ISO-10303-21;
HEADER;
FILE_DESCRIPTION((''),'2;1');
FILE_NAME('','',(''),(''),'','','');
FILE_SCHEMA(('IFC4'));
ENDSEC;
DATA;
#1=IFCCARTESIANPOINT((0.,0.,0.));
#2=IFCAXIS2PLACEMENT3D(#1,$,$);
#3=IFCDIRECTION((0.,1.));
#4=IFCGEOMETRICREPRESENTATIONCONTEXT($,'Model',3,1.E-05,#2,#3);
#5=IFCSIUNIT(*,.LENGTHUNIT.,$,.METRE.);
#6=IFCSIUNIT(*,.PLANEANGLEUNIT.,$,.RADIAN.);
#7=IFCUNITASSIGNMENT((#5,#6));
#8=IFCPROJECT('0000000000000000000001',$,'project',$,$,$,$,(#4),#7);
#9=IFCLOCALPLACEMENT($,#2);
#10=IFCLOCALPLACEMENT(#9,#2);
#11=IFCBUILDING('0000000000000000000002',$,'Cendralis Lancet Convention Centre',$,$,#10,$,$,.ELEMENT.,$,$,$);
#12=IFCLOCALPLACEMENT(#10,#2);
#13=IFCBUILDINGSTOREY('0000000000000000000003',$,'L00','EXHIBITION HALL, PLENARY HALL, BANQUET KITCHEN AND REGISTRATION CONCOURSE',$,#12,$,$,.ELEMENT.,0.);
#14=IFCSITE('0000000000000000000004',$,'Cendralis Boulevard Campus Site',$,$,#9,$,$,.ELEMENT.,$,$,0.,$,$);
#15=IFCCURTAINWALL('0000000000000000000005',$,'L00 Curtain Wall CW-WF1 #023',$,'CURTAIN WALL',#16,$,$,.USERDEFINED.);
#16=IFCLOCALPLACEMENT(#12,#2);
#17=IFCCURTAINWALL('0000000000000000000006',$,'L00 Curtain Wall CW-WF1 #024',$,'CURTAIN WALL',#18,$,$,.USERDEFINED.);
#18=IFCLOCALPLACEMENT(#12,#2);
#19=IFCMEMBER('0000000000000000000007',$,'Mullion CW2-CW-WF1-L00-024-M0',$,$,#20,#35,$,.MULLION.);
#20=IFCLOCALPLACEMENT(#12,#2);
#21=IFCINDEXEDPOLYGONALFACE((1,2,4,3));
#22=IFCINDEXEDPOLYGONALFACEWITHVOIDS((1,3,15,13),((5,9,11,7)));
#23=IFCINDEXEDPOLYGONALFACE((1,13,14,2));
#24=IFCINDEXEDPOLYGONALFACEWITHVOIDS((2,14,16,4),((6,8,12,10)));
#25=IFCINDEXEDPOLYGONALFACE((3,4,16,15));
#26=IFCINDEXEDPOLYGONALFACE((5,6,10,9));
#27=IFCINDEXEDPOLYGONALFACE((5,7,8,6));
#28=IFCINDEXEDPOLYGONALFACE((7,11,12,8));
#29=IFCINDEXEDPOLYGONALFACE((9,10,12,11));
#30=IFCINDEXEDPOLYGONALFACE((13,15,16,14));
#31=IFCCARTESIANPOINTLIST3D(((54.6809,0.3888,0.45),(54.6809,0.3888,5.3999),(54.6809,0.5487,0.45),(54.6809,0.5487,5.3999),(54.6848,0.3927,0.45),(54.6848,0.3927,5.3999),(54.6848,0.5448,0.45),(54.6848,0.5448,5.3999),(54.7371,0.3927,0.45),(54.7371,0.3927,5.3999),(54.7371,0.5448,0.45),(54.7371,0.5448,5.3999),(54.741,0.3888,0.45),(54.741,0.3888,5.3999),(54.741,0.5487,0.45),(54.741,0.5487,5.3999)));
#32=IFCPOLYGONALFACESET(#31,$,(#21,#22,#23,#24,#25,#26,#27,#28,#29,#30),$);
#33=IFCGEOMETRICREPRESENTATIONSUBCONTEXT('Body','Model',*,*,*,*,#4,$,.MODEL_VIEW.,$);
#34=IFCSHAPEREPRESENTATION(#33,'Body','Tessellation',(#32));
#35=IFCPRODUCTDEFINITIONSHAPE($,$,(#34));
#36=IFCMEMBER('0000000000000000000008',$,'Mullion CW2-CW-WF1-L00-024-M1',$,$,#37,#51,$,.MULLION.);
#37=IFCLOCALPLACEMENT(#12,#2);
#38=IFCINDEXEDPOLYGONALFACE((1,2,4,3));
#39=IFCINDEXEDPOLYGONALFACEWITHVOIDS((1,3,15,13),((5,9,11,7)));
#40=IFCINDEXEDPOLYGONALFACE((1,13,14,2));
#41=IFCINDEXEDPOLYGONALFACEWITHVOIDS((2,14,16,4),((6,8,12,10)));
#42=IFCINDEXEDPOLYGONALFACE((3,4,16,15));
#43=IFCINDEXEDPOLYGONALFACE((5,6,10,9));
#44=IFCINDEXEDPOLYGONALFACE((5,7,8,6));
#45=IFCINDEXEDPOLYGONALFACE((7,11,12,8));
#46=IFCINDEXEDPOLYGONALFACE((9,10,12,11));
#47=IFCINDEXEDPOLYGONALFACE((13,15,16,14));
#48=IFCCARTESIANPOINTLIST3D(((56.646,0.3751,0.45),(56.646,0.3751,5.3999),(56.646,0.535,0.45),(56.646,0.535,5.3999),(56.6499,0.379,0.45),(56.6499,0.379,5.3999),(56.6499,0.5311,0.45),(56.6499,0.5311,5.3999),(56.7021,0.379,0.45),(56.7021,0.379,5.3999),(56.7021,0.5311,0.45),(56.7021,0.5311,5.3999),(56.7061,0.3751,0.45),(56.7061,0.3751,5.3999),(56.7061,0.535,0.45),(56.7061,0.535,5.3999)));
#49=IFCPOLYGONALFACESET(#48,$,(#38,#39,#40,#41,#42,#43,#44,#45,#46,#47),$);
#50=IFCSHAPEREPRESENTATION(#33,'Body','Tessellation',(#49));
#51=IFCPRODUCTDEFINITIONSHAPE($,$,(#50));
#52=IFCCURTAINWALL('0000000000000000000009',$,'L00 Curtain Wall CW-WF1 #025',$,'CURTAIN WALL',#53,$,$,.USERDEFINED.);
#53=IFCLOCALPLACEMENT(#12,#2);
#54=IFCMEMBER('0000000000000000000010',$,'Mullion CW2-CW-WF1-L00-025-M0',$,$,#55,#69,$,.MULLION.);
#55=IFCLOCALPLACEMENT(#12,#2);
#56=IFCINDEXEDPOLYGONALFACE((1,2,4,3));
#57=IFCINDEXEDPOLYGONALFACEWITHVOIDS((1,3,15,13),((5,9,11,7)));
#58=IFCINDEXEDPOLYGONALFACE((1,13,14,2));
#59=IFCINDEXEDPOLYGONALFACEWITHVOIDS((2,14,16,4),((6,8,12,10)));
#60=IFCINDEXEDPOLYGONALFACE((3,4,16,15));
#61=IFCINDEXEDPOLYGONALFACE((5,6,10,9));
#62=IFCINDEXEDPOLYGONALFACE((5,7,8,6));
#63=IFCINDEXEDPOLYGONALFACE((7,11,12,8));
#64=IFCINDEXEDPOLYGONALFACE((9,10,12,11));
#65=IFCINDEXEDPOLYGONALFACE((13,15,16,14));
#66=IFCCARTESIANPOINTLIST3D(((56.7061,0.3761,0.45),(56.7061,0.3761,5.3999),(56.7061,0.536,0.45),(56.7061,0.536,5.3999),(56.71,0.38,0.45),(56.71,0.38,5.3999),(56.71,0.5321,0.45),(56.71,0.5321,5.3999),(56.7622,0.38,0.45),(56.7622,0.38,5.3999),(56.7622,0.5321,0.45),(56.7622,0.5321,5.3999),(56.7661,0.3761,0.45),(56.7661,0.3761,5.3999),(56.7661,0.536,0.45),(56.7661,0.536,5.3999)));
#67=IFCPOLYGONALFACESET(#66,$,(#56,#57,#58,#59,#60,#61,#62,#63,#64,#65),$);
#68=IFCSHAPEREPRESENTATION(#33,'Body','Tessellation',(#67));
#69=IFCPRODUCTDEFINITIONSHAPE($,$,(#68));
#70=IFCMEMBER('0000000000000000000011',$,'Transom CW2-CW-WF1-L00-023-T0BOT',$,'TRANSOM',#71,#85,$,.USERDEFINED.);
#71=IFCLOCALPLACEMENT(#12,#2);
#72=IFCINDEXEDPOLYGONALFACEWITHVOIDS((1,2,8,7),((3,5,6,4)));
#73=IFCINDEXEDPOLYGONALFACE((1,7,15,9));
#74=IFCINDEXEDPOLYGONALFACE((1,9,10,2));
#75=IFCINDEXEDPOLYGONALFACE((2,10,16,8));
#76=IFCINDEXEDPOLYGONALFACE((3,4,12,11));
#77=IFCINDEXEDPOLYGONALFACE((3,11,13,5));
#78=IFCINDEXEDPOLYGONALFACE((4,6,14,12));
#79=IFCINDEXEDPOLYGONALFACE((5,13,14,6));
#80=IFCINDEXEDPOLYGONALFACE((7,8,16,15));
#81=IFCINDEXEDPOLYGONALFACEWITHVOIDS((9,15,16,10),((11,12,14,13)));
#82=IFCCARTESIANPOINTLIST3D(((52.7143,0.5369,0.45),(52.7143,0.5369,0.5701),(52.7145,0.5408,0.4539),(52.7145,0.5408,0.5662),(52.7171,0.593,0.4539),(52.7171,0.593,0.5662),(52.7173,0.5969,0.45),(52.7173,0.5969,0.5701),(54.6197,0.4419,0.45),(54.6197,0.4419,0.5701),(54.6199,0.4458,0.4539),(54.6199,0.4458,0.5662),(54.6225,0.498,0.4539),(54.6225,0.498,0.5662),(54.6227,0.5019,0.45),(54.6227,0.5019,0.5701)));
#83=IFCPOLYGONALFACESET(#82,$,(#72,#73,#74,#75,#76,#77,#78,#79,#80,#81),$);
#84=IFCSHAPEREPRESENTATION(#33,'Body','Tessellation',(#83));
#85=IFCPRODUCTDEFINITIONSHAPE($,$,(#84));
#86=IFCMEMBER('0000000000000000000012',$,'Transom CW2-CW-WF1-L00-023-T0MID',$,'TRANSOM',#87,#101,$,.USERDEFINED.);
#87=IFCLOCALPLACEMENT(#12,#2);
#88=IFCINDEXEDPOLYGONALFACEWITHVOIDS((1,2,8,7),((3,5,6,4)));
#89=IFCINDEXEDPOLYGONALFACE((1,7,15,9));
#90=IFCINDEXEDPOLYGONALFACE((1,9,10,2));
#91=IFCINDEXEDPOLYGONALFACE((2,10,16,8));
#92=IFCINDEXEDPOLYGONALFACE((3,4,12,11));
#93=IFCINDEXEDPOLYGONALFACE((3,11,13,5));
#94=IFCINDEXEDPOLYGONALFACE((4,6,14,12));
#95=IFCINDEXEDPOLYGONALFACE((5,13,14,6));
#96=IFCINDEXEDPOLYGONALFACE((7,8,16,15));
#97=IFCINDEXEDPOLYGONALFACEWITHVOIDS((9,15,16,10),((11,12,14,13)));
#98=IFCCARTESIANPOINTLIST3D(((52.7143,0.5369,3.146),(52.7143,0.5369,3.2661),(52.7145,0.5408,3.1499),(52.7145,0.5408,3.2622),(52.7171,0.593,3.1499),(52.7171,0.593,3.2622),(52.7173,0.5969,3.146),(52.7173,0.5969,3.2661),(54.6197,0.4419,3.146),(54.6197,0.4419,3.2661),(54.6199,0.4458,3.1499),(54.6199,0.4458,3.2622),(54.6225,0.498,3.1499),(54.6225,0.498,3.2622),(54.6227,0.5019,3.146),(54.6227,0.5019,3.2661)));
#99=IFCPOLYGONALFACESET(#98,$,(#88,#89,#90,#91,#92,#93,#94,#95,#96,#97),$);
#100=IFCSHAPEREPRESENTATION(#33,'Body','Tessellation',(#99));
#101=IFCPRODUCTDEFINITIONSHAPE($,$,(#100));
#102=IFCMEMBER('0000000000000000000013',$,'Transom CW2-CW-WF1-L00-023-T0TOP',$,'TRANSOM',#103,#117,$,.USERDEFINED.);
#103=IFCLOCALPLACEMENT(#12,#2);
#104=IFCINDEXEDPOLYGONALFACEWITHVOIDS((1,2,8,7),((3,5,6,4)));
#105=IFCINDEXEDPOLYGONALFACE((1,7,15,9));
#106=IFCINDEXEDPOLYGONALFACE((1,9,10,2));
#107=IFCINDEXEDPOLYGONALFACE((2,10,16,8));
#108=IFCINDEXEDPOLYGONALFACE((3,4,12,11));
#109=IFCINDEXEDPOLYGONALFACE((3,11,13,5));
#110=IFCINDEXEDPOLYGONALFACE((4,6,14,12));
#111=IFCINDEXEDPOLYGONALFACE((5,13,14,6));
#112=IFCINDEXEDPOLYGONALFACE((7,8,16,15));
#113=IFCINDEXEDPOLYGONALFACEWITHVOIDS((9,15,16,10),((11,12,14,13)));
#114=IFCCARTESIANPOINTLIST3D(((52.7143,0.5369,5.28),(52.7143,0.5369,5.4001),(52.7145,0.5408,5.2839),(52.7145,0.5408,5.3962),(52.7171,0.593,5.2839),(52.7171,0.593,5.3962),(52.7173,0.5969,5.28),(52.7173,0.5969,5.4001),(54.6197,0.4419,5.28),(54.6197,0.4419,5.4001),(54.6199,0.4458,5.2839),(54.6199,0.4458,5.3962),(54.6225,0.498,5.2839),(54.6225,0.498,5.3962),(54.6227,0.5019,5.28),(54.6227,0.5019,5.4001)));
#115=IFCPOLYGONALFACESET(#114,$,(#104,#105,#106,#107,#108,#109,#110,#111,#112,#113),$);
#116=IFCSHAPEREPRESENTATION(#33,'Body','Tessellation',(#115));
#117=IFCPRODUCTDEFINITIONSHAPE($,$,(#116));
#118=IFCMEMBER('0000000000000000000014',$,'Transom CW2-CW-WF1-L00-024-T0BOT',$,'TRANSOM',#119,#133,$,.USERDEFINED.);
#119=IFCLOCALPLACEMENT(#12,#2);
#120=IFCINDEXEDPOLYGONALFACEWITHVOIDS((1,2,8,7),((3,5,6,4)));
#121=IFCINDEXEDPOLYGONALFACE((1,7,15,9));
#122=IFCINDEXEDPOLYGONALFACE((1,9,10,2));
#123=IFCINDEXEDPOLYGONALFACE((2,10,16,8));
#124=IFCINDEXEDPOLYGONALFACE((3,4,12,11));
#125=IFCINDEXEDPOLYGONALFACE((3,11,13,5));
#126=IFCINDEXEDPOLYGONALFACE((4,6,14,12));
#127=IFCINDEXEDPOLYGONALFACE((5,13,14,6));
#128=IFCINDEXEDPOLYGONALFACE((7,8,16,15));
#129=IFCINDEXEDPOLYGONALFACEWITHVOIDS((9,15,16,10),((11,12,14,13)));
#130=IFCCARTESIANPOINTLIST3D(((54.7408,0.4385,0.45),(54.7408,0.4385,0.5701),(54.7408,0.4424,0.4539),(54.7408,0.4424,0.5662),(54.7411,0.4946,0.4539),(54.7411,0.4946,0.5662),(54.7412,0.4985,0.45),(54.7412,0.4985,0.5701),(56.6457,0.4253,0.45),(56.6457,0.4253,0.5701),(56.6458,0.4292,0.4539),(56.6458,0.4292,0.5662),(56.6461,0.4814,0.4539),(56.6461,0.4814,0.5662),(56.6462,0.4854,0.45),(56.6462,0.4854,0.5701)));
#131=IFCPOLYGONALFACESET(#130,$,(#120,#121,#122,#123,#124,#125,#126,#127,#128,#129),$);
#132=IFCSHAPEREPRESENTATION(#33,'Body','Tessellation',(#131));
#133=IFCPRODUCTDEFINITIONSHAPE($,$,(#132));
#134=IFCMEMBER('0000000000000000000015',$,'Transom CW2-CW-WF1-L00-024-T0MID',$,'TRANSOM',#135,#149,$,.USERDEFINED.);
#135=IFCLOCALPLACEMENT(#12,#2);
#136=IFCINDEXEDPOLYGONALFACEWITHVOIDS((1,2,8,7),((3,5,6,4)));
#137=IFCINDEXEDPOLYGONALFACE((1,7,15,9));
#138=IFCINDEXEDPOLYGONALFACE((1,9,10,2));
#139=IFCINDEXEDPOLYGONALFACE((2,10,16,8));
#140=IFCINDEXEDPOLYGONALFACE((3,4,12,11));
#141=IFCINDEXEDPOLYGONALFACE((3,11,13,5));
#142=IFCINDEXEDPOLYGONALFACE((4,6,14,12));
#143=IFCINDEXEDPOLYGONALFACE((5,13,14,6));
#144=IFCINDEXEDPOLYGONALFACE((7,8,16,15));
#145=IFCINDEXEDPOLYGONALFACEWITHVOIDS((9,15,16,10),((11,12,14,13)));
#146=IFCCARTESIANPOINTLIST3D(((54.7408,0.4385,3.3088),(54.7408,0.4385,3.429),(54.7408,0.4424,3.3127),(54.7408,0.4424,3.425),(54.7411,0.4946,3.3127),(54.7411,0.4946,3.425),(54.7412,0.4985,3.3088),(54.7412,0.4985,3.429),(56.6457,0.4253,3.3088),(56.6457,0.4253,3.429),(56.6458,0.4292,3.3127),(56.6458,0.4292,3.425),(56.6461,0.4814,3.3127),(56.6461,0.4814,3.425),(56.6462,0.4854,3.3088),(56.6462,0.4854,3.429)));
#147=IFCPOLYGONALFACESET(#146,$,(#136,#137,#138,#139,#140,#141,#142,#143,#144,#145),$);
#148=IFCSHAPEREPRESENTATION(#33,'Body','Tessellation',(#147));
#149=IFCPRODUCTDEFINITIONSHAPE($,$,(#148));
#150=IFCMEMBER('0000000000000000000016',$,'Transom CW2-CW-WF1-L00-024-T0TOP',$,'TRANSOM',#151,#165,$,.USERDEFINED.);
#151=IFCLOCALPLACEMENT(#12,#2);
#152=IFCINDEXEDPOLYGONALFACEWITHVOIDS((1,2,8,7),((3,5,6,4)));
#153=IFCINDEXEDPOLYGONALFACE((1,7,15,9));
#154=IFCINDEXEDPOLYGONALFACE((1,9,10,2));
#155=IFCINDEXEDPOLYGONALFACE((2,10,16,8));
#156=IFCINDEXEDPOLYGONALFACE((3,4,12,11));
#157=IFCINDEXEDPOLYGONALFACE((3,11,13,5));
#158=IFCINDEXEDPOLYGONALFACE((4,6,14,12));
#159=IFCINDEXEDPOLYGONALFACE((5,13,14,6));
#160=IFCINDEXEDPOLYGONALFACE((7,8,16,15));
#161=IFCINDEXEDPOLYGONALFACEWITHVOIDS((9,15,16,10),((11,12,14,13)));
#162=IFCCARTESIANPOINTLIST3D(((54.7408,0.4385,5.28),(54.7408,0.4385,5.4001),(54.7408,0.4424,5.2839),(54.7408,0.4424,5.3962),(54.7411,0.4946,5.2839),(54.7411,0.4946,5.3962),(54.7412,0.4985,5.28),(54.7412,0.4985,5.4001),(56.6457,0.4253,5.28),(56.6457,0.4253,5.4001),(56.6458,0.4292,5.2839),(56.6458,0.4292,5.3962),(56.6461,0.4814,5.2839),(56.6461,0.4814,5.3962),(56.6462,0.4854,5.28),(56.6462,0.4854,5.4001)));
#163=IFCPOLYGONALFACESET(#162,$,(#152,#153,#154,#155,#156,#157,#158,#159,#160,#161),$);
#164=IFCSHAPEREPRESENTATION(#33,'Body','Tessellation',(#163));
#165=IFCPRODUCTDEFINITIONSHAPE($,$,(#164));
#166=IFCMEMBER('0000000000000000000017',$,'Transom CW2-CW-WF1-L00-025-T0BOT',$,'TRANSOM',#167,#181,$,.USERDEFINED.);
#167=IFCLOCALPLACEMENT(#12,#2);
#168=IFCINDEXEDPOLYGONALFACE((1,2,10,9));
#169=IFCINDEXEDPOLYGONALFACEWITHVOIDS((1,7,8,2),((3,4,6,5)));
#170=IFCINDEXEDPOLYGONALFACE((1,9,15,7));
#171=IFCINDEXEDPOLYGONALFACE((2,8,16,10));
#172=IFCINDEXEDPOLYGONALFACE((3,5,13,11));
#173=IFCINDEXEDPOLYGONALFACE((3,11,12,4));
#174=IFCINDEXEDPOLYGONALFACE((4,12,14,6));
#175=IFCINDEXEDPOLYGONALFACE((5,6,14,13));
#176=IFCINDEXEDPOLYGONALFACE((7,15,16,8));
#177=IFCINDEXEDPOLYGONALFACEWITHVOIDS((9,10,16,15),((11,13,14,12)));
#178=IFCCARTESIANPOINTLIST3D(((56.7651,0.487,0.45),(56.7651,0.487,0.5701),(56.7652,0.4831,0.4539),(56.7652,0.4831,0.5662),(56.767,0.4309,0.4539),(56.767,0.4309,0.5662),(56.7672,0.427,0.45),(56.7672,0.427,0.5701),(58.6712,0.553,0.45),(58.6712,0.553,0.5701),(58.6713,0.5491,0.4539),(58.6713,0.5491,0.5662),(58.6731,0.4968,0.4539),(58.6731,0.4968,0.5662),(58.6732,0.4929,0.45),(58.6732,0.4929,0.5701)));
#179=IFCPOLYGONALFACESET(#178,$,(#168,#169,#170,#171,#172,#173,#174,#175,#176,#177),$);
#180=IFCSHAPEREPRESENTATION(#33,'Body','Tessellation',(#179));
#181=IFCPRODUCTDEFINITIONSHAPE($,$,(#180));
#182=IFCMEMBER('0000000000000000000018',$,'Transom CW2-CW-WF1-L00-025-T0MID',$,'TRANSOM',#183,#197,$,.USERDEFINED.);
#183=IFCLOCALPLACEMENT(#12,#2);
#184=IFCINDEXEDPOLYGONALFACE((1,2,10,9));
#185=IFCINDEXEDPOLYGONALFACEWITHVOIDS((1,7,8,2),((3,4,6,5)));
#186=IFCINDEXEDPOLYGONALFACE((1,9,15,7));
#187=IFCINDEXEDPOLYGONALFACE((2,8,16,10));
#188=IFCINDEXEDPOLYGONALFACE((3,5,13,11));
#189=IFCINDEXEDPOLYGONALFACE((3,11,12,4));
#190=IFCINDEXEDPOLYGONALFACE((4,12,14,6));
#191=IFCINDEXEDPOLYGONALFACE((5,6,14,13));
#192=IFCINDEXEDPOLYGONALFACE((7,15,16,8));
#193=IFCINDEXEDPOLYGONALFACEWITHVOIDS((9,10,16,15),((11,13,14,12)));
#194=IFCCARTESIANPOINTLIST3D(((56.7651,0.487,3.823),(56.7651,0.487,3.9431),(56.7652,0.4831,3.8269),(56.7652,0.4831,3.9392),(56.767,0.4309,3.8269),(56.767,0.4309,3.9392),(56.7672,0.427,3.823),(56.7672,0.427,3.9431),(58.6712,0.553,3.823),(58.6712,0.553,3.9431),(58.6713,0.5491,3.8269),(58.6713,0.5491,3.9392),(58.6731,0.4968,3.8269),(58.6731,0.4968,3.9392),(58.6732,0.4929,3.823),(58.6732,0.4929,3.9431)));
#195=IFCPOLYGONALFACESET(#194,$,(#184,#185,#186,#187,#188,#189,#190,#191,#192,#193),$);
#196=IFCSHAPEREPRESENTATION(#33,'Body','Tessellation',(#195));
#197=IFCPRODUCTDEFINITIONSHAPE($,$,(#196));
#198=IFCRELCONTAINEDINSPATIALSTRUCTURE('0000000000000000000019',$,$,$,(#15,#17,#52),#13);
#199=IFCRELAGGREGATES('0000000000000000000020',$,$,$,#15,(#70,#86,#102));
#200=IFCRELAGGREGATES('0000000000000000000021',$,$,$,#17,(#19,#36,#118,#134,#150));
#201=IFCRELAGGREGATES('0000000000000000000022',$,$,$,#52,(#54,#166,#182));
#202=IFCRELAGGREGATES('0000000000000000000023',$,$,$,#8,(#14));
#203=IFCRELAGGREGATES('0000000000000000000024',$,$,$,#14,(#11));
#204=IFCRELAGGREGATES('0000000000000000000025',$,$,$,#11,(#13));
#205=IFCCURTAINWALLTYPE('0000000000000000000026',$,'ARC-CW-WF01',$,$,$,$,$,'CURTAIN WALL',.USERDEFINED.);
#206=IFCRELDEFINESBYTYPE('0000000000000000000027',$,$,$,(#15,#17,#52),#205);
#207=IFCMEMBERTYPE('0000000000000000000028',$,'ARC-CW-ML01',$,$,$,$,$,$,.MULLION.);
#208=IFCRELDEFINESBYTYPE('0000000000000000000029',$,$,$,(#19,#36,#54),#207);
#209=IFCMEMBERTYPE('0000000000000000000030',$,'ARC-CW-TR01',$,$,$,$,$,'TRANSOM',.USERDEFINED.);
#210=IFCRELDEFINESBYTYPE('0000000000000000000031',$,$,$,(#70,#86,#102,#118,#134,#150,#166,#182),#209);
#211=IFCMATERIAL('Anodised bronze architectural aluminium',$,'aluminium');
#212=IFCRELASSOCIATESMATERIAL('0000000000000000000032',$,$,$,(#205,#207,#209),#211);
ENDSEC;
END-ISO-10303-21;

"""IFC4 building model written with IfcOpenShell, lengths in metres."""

from ifc_helpers import new_model, si_unit, direction, frame, origin, origin_2d, place, context, subcontext, project, spatial, hollow_rectangle, extrude, material, material_profile, profile_set, type_object, element, aggregate, save


model = new_model("IFC4")

# Units and contexts
model_context = context("Model", 3, precision=1e-05, world=origin(), true_north=direction((0.0, 1.0)))
body_context = subcontext(model_context, "Body", "Model", "MODEL_VIEW")
ifc_project = project(units=[si_unit("LENGTHUNIT", "METRE"), si_unit("PLANEANGLEUNIT", "RADIAN")], contexts=[model_context])

# Site, building, storey
site_placement = place(None, origin())
site = spatial("IfcSite", under=ifc_project, at=site_placement, Name="Cendralis Boulevard Campus Site", CompositionType="ELEMENT", RefElevation=0.0)
building_placement = place(site_placement, origin())
building = spatial("IfcBuilding", under=site, at=building_placement, Name="Cendralis Lancet Convention Centre", CompositionType="ELEMENT")
storey_placement = place(building_placement, origin())
storey = spatial("IfcBuildingStorey", under=building, at=storey_placement, Name="L00", Description="EXHIBITION HALL, PLENARY HALL, BANQUET KITCHEN AND REGISTRATION CONCOURSE", CompositionType="ELEMENT", Elevation=0.0)

# Curtain walls, members
ifc_material_1 = material(Name="Anodised bronze architectural aluminium", Category="aluminium")
curtain_wall_type = type_object("IfcCurtainWallType", Name="ARC-CW-WF01", ElementType="CURTAIN WALL", PredefinedType="USERDEFINED", material=ifc_material_1)
curtain_wall_1_placement = place(storey_placement, origin())
curtain_wall_1 = element("IfcCurtainWall", 1, at=curtain_wall_1_placement, inside=storey, type_object=curtain_wall_type, Name="L00 Curtain Wall CW-WF1 #023", ObjectType="CURTAIN WALL", PredefinedType="USERDEFINED")
ifc_material_profile_1 = material_profile(ifc_material_1, hollow_rectangle(XDim=0.0601, YDim=0.1599, WallThickness=0.0039, at=origin_2d()), Name="AL-MULL 60x160x4.0")
ifc_profile_set_1 = profile_set([ifc_material_profile_1], Name="Anodised bronze architectural aluminium")
member_type_1 = type_object("IfcMemberType", Name="ARC-CW-ML01", PredefinedType="MULLION", material=ifc_profile_set_1)
curtain_wall_2_placement = place(storey_placement, origin())
curtain_wall_2 = element("IfcCurtainWall", 2, at=curtain_wall_2_placement, inside=storey, type_object=curtain_wall_type, Name="L00 Curtain Wall CW-WF1 #024", ObjectType="CURTAIN WALL", PredefinedType="USERDEFINED")
member_1_placement = place(storey_placement, frame((54.7109, 0.4688, 0.45), z_axis=(0.0, 0.0, 1.0), x_axis=(1.0, 0.0, 0.0)))
member_1 = element("IfcMember", 3, at=member_1_placement, type_object=member_type_1, Name="Mullion CW2-CW-WF1-L00-024-M0", PredefinedType="MULLION", context=body_context, shape_type="SweptSolid", body=[
    extrude(hollow_rectangle(XDim=0.0601, YDim=0.1599, WallThickness=0.0039, at=origin_2d()), origin(), (0.0, 0.0, 1.0), 4.95),
])
member_2_placement = place(storey_placement, frame((56.676, 0.4551, 0.45), z_axis=(0.0, 0.0, 1.0), x_axis=(1.0, 0.0, 0.0)))
member_2 = element("IfcMember", 4, at=member_2_placement, type_object=member_type_1, Name="Mullion CW2-CW-WF1-L00-024-M1", PredefinedType="MULLION", context=body_context, shape_type="SweptSolid", body=[
    extrude(hollow_rectangle(XDim=0.0601, YDim=0.1599, WallThickness=0.0039, at=origin_2d()), origin(), (0.0, 0.0, 1.0), 4.95),
])

# Curtain wall, member
curtain_wall_3_placement = place(storey_placement, origin())
curtain_wall_3 = element("IfcCurtainWall", 5, at=curtain_wall_3_placement, inside=storey, type_object=curtain_wall_type, Name="L00 Curtain Wall CW-WF1 #025", ObjectType="CURTAIN WALL", PredefinedType="USERDEFINED")
member_3_placement = place(storey_placement, frame((56.7361, 0.4561, 0.45), z_axis=(0.0, 0.0, 1.0), x_axis=(1.0, 0.0, 0.0)))
member_3 = element("IfcMember", 6, at=member_3_placement, type_object=member_type_1, Name="Mullion CW2-CW-WF1-L00-025-M0", PredefinedType="MULLION", context=body_context, shape_type="SweptSolid", body=[
    extrude(hollow_rectangle(XDim=0.0601, YDim=0.1599, WallThickness=0.0039, at=origin_2d()), origin(), (0.0, 0.0, 1.0), 4.95),
])

# Members
ifc_material_profile_2 = material_profile(ifc_material_1, hollow_rectangle(XDim=0.0601, YDim=0.1201, WallThickness=0.0039, at=origin_2d()), Name="AL-TRAN 60x120x4.0")
ifc_profile_set_2 = profile_set([ifc_material_profile_2], Name="Anodised bronze architectural aluminium")
member_type_2 = type_object("IfcMemberType", Name="ARC-CW-TR01", ElementType="TRANSOM", PredefinedType="USERDEFINED", material=ifc_profile_set_2)
member_4_placement = place(storey_placement, frame((52.7158, 0.5669, 0.51), z_axis=(0.99876, -0.049784, 0.0), x_axis=(0.049784, 0.99876, 0.0)))
member_4 = element("IfcMember", 7, at=member_4_placement, type_object=member_type_2, Name="Transom CW2-CW-WF1-L00-023-T0BOT", ObjectType="TRANSOM", PredefinedType="USERDEFINED", context=body_context, shape_type="SweptSolid", body=[
    extrude(hollow_rectangle(XDim=0.0601, YDim=0.1201, WallThickness=0.0039, at=origin_2d()), origin(), (0.0, 0.0, 1.0), 1.9077),
])
member_5_placement = place(storey_placement, frame((52.7158, 0.5669, 3.2061), z_axis=(0.99876, -0.049784, 0.0), x_axis=(0.049784, 0.99876, 0.0)))
member_5 = element("IfcMember", 8, at=member_5_placement, type_object=member_type_2, Name="Transom CW2-CW-WF1-L00-023-T0MID", ObjectType="TRANSOM", PredefinedType="USERDEFINED", context=body_context, shape_type="SweptSolid", body=[
    extrude(hollow_rectangle(XDim=0.0601, YDim=0.1201, WallThickness=0.0039, at=origin_2d()), origin(), (0.0, 0.0, 1.0), 1.9077),
])
member_6_placement = place(storey_placement, frame((52.7158, 0.5669, 5.3401), z_axis=(0.99876, -0.049784, 0.0), x_axis=(0.049784, 0.99876, 0.0)))
member_6 = element("IfcMember", 9, at=member_6_placement, type_object=member_type_2, Name="Transom CW2-CW-WF1-L00-023-T0TOP", ObjectType="TRANSOM", PredefinedType="USERDEFINED", context=body_context, shape_type="SweptSolid", body=[
    extrude(hollow_rectangle(XDim=0.0601, YDim=0.1201, WallThickness=0.0039, at=origin_2d()), origin(), (0.0, 0.0, 1.0), 1.9077),
])
member_7_placement = place(storey_placement, frame((54.741, 0.4685, 0.51), z_axis=(0.999976, -0.00692, 0.0), x_axis=(0.00692, 0.999976, 0.0)))
member_7 = element("IfcMember", 10, at=member_7_placement, type_object=member_type_2, Name="Transom CW2-CW-WF1-L00-024-T0BOT", ObjectType="TRANSOM", PredefinedType="USERDEFINED", context=body_context, shape_type="SweptSolid", body=[
    extrude(hollow_rectangle(XDim=0.0601, YDim=0.1201, WallThickness=0.0039, at=origin_2d()), origin(), (0.0, 0.0, 1.0), 1.905),
])
member_8_placement = place(storey_placement, frame((54.741, 0.4685, 3.3689), z_axis=(0.999976, -0.00692, 0.0), x_axis=(0.00692, 0.999976, 0.0)))
member_8 = element("IfcMember", 11, at=member_8_placement, type_object=member_type_2, Name="Transom CW2-CW-WF1-L00-024-T0MID", ObjectType="TRANSOM", PredefinedType="USERDEFINED", context=body_context, shape_type="SweptSolid", body=[
    extrude(hollow_rectangle(XDim=0.0601, YDim=0.1201, WallThickness=0.0039, at=origin_2d()), origin(), (0.0, 0.0, 1.0), 1.905),
])
member_9_placement = place(storey_placement, frame((54.741, 0.4685, 5.3401), z_axis=(0.999976, -0.00692, 0.0), x_axis=(0.00692, 0.999976, 0.0)))
member_9 = element("IfcMember", 12, at=member_9_placement, type_object=member_type_2, Name="Transom CW2-CW-WF1-L00-024-T0TOP", ObjectType="TRANSOM", PredefinedType="USERDEFINED", context=body_context, shape_type="SweptSolid", body=[
    extrude(hollow_rectangle(XDim=0.0601, YDim=0.1201, WallThickness=0.0039, at=origin_2d()), origin(), (0.0, 0.0, 1.0), 1.905),
])
member_10_placement = place(storey_placement, frame((56.7661, 0.457, 0.51), z_axis=(0.999402, 0.034564, 0.0), x_axis=(-0.034564, 0.999402, 0.0)))
member_10 = element("IfcMember", 13, at=member_10_placement, type_object=member_type_2, Name="Transom CW2-CW-WF1-L00-025-T0BOT", ObjectType="TRANSOM", PredefinedType="USERDEFINED", context=body_context, shape_type="SweptSolid", body=[
    extrude(hollow_rectangle(XDim=0.0601, YDim=0.1201, WallThickness=0.0039, at=origin_2d()), origin(), (0.0, 0.0, 1.0), 1.9072),
])
member_11_placement = place(storey_placement, frame((56.7661, 0.457, 3.8831), z_axis=(0.999402, 0.034564, 0.0), x_axis=(-0.034564, 0.999402, 0.0)))
member_11 = element("IfcMember", 14, at=member_11_placement, type_object=member_type_2, Name="Transom CW2-CW-WF1-L00-025-T0MID", ObjectType="TRANSOM", PredefinedType="USERDEFINED", context=body_context, shape_type="SweptSolid", body=[
    extrude(hollow_rectangle(XDim=0.0601, YDim=0.1201, WallThickness=0.0039, at=origin_2d()), origin(), (0.0, 0.0, 1.0), 1.9072),
])

aggregate(curtain_wall_1, [member_4, member_5, member_6])
aggregate(curtain_wall_2, [member_1, member_2, member_7, member_8, member_9])
aggregate(curtain_wall_3, [member_3, member_10, member_11])

save(model, "model.ifc")
